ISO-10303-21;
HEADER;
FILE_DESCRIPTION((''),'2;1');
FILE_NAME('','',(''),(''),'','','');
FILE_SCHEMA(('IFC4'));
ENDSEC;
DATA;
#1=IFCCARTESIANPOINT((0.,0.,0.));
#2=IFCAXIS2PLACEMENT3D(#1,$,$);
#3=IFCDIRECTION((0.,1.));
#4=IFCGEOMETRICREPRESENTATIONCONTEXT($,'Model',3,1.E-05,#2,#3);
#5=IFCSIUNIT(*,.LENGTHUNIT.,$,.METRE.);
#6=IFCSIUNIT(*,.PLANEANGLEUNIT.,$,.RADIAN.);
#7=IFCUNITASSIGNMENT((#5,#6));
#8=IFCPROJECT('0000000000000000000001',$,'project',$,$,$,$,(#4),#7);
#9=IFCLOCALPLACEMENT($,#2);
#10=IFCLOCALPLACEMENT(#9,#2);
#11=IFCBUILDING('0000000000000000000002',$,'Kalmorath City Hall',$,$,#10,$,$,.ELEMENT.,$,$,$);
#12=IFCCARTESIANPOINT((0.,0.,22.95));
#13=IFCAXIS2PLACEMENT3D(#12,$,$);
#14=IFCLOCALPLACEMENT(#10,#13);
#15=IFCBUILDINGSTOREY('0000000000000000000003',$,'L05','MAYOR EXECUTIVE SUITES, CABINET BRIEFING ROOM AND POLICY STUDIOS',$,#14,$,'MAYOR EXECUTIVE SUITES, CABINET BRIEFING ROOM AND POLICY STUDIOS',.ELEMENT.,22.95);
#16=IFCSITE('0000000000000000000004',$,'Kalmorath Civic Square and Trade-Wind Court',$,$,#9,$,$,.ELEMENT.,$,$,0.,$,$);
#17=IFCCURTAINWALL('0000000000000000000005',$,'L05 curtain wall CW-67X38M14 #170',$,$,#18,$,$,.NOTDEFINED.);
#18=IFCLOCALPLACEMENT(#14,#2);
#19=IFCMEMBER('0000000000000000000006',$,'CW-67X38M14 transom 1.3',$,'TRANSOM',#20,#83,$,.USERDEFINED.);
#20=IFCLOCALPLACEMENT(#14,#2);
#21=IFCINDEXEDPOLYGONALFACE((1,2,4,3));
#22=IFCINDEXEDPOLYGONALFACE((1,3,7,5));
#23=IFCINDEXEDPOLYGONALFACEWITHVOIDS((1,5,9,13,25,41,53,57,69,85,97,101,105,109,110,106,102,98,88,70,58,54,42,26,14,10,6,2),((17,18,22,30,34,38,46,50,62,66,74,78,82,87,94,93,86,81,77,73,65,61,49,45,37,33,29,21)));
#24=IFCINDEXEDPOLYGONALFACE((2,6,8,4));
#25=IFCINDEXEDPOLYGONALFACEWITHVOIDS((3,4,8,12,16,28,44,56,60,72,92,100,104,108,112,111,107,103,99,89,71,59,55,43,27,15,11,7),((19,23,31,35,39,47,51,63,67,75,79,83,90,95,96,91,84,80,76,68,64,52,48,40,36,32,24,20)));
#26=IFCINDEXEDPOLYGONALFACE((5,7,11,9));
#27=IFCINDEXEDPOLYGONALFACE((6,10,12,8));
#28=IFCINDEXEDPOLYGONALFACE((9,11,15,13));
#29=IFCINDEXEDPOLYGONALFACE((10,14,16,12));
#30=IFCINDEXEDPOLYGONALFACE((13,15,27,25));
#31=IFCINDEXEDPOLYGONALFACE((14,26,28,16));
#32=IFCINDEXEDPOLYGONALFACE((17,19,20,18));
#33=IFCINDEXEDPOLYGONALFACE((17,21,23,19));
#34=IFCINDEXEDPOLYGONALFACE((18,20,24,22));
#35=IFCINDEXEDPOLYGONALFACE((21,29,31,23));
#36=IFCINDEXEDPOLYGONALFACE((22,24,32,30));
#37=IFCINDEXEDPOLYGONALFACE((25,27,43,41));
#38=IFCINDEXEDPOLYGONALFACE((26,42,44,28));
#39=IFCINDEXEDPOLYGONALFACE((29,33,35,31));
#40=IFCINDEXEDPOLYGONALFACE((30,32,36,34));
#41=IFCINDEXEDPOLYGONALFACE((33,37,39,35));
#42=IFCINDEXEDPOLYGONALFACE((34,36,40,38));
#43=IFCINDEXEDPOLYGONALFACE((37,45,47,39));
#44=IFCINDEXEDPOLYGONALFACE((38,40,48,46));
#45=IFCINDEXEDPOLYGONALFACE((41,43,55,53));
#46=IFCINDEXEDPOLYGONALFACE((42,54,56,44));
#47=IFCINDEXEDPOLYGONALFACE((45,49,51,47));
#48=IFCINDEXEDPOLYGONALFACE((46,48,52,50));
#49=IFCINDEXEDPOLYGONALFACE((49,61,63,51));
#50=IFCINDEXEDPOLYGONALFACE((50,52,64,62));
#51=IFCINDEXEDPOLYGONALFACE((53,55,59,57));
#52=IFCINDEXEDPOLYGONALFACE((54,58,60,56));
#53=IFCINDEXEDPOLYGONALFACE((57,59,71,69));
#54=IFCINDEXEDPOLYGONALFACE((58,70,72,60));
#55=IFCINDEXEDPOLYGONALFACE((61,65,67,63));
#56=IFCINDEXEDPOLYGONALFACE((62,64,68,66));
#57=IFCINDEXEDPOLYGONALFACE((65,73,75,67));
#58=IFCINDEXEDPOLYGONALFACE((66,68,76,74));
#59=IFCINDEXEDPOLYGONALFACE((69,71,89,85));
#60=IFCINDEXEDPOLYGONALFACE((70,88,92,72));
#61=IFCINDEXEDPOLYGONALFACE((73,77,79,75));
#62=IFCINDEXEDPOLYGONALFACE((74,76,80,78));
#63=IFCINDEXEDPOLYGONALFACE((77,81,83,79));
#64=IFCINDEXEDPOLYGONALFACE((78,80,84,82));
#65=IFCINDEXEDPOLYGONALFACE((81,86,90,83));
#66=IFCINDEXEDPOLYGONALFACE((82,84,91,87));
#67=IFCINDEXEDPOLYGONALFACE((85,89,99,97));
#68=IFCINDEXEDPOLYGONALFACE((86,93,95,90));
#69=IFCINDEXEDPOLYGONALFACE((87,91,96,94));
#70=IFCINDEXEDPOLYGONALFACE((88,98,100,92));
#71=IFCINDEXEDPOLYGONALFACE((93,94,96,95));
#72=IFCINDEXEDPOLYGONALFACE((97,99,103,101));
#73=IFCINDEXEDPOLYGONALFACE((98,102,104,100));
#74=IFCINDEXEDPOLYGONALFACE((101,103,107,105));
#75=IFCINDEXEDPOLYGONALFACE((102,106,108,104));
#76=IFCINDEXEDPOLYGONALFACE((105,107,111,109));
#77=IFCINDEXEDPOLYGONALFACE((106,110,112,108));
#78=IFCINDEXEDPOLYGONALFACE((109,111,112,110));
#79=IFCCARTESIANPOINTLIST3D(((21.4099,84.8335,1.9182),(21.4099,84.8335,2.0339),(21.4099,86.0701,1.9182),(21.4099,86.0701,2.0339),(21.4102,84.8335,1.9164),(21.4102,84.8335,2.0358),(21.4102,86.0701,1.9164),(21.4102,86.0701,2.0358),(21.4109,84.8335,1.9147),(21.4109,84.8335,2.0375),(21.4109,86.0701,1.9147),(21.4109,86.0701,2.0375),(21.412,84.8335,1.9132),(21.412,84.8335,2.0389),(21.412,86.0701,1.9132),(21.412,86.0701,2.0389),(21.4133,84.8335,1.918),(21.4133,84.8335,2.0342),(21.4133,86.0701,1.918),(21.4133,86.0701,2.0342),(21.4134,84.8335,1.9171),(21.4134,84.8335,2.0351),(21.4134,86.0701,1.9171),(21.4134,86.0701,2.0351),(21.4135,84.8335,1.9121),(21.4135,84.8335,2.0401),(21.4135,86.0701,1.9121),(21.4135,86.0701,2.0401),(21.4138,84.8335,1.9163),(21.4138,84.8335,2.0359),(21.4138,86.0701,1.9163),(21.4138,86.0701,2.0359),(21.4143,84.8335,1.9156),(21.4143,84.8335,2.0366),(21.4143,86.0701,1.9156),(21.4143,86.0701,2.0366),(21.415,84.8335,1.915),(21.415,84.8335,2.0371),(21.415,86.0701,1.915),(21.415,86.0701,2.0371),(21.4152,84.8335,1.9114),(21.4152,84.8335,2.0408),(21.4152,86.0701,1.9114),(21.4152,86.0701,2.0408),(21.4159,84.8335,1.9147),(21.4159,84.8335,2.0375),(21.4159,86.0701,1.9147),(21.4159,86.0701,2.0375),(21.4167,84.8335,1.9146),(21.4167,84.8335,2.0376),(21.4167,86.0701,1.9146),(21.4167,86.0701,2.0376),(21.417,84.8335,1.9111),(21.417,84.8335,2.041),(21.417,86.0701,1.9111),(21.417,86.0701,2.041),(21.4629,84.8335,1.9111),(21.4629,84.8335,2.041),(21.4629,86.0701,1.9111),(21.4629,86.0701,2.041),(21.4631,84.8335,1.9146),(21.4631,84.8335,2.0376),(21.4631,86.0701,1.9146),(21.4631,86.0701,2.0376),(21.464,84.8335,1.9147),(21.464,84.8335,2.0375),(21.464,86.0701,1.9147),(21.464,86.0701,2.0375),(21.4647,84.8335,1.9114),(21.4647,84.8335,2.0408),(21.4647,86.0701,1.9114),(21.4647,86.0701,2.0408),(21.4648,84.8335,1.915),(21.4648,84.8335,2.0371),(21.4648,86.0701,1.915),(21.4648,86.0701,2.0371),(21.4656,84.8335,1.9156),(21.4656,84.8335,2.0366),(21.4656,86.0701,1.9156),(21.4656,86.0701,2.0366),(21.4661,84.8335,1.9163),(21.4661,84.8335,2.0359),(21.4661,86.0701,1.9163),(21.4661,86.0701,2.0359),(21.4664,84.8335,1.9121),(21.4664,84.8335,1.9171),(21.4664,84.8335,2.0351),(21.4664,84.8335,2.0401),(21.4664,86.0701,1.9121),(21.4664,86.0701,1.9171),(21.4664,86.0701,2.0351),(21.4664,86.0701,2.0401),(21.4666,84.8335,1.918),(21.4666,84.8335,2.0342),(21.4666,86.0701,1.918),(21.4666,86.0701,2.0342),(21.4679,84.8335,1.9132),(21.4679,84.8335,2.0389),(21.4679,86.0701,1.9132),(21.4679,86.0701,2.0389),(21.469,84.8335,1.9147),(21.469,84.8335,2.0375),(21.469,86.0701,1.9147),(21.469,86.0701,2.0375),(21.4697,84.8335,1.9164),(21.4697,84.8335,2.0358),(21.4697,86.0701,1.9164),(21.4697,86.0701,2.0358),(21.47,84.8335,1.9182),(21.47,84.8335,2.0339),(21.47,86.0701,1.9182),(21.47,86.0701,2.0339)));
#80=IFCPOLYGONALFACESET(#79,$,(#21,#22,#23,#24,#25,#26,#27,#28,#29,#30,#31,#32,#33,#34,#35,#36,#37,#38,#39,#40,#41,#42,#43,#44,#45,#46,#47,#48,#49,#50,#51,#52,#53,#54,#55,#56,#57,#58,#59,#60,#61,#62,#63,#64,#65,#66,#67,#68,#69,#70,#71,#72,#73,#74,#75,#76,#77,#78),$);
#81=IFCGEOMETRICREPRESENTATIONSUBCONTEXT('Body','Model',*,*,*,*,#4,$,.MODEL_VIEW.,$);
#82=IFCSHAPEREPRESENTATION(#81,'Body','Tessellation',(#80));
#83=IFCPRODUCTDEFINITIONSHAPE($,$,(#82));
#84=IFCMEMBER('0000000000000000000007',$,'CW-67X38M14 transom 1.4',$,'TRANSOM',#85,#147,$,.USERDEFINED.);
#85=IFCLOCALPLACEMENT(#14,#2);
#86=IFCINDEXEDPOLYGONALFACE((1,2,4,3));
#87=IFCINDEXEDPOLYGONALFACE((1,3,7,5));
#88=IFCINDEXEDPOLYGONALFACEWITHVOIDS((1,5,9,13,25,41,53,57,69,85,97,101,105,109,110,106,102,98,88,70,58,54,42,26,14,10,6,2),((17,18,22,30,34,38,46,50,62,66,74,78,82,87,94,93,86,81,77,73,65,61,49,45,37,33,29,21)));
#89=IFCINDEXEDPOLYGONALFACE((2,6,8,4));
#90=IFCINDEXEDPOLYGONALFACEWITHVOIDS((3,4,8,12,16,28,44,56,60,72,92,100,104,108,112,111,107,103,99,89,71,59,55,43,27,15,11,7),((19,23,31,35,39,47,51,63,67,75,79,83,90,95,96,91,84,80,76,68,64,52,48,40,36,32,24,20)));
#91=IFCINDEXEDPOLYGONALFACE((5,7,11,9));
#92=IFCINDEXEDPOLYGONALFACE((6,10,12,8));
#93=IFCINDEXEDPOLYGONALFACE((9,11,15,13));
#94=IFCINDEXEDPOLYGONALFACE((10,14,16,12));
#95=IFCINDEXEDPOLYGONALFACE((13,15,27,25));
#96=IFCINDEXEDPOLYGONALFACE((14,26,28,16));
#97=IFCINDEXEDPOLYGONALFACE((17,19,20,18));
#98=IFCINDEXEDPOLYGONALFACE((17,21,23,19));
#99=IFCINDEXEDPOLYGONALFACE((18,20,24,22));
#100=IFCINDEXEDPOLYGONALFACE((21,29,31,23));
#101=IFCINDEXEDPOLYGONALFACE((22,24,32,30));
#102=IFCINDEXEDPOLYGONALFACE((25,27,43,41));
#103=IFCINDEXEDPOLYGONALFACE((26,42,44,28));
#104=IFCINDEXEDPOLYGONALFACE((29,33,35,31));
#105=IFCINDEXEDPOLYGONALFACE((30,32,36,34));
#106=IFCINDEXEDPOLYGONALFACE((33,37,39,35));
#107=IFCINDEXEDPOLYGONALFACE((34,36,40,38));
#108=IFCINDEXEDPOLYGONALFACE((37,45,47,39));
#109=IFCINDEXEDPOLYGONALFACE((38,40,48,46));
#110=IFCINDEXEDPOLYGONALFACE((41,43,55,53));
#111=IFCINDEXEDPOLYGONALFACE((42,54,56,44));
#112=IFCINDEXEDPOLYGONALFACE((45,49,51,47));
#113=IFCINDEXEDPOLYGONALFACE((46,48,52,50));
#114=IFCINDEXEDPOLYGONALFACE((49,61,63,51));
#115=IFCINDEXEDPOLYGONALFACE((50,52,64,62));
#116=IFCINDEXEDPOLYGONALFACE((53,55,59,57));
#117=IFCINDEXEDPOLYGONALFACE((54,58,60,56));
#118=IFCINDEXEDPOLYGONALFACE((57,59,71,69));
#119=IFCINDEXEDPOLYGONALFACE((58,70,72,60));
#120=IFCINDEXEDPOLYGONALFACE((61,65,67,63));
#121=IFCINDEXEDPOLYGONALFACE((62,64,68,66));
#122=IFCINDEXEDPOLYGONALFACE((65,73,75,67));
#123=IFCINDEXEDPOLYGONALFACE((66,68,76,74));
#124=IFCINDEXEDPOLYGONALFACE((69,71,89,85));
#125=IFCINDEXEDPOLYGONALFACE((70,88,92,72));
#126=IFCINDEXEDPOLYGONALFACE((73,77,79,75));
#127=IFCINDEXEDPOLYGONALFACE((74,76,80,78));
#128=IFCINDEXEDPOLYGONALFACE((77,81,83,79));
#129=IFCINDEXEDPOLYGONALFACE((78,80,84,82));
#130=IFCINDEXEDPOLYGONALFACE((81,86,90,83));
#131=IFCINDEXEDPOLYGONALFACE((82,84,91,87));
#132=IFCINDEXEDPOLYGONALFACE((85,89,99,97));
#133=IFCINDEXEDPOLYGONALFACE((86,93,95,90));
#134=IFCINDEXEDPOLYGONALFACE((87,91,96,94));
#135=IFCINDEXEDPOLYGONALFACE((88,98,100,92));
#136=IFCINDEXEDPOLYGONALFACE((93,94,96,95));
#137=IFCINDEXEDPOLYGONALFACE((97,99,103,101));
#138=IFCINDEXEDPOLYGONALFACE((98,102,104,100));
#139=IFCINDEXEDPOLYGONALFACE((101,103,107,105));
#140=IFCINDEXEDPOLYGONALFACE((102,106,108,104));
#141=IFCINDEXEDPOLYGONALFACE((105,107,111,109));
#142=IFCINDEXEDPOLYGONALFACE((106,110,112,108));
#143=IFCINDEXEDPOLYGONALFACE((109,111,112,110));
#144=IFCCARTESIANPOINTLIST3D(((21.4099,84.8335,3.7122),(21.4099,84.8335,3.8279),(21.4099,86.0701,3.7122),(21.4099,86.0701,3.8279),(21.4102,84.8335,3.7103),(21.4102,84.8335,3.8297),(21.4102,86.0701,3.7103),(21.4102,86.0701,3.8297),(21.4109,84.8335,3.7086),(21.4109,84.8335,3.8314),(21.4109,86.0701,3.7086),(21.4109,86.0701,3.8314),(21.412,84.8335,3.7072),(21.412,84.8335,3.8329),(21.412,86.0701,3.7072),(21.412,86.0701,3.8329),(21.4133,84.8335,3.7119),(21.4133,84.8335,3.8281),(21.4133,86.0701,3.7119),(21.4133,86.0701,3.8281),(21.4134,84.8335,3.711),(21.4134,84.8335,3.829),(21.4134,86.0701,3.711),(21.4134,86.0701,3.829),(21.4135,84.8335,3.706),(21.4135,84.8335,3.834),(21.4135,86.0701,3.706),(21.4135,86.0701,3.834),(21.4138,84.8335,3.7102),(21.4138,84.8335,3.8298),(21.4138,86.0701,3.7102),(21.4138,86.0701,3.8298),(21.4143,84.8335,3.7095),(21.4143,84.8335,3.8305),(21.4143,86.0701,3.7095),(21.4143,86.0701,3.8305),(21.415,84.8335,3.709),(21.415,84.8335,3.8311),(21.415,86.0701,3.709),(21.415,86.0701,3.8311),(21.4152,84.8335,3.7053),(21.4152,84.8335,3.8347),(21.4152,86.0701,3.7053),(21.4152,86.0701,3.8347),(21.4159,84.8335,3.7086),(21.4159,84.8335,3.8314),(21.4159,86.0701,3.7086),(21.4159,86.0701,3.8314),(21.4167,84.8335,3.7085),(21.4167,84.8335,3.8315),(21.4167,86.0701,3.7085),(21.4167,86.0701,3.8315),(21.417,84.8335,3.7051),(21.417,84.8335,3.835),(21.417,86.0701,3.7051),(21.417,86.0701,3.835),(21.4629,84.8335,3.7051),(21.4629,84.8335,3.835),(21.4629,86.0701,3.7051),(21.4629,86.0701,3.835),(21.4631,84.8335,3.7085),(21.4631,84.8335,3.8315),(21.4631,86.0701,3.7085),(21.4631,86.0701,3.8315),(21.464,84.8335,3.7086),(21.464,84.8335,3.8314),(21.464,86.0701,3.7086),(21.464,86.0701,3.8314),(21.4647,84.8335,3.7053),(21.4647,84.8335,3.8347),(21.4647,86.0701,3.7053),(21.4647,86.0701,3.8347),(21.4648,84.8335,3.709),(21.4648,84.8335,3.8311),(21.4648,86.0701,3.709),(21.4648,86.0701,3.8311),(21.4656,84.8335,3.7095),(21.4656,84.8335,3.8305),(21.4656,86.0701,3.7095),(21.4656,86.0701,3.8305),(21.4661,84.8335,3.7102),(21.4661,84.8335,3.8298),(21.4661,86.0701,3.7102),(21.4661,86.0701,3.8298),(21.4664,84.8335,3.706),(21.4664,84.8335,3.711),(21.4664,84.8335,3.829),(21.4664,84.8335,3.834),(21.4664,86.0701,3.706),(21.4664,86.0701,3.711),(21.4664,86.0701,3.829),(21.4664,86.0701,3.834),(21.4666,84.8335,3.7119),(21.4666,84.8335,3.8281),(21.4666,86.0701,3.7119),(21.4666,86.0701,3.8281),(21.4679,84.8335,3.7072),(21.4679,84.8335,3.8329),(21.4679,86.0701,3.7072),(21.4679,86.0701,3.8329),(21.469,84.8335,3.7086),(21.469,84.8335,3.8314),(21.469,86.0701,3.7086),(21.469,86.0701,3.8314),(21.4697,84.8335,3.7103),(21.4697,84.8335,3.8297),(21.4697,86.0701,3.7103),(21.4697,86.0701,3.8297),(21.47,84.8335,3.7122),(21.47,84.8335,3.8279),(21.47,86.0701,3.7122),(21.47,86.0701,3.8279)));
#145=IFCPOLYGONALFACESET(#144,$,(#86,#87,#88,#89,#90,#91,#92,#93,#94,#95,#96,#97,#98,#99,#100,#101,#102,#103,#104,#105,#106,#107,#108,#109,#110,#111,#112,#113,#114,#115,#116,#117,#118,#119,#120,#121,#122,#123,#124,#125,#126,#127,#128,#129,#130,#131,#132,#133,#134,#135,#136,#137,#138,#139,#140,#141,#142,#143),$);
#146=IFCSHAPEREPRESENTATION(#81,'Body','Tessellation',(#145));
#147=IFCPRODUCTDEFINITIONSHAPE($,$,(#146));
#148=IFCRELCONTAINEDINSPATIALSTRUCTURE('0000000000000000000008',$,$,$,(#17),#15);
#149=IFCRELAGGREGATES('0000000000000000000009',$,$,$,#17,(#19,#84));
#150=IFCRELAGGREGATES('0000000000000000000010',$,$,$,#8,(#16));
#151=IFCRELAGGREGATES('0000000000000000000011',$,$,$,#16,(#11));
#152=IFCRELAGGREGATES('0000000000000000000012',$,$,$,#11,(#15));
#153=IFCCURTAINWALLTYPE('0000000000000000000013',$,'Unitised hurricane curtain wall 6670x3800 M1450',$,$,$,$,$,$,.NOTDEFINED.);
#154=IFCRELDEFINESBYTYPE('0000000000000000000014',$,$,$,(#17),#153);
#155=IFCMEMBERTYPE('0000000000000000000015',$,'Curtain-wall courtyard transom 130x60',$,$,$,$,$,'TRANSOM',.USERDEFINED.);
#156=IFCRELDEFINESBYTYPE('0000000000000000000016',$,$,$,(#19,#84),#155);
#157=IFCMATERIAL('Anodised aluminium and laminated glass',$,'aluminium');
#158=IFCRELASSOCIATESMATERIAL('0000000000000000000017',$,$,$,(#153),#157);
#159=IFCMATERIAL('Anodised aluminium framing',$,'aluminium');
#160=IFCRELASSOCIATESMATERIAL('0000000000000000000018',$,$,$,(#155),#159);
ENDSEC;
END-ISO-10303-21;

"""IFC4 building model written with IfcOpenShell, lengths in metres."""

from ifc_helpers import new_model, si_unit, direction, frame, origin, origin_2d, place, context, subcontext, project, spatial, hollow_rectangle, extrude, material, material_profile, profile_set, type_object, element, aggregate, save


model = new_model("IFC4")

# Units and contexts
model_context = context("Model", 3, precision=1e-05, world=origin(), true_north=direction((0.0, 1.0)))
body_context = subcontext(model_context, "Body", "Model", "MODEL_VIEW")
ifc_project = project(units=[si_unit("LENGTHUNIT", "METRE"), si_unit("PLANEANGLEUNIT", "RADIAN")], contexts=[model_context])

# Site, building, storey
site_placement = place(None, origin())
site = spatial("IfcSite", under=ifc_project, at=site_placement, Name="Kalmorath Civic Square and Trade-Wind Court", CompositionType="ELEMENT", RefElevation=0.0)
building_placement = place(site_placement, origin())
building = spatial("IfcBuilding", under=site, at=building_placement, Name="Kalmorath City Hall", CompositionType="ELEMENT")
storey_placement = place(building_placement, frame((0.0, 0.0, 22.95)))
storey = spatial("IfcBuildingStorey", under=building, at=storey_placement, Name="L05", Description="MAYOR EXECUTIVE SUITES, CABINET BRIEFING ROOM AND POLICY STUDIOS", LongName="MAYOR EXECUTIVE SUITES, CABINET BRIEFING ROOM AND POLICY STUDIOS", CompositionType="ELEMENT", Elevation=22.95)

# Curtain wall, members
ifc_material_1 = material(Name="Anodised aluminium and laminated glass", Category="aluminium")
curtain_wall_type = type_object("IfcCurtainWallType", Name="Unitised hurricane curtain wall 6670x3800 M1450", PredefinedType="NOTDEFINED", material=ifc_material_1)
curtain_wall_placement = place(storey_placement, origin())
curtain_wall = element("IfcCurtainWall", 1, at=curtain_wall_placement, inside=storey, type_object=curtain_wall_type, Name="L05 curtain wall CW-67X38M14 #170", PredefinedType="NOTDEFINED")
ifc_material_2 = material(Name="Anodised aluminium framing", Category="aluminium")
ifc_material_profile_1 = material_profile(ifc_material_2, hollow_rectangle(XDim=0.0601, YDim=0.1299, WallThickness=0.0034, InnerFilletRadius=0.0034, OuterFilletRadius=0.0071, at=origin_2d()), Name="ALU-TRN-130X60X3.5")
ifc_profile_set_1 = profile_set([ifc_material_profile_1], Name="Anodised aluminium framing")
member_type_1 = type_object("IfcMemberType", Name="Curtain-wall courtyard transom 130x60", ElementType="TRANSOM", PredefinedType="USERDEFINED", material=ifc_profile_set_1)
member_1_placement = place(storey_placement, frame((21.4399, 86.0701, 1.9761), z_axis=(0.0, -1.0, 0.0), x_axis=(1.0, 0.0, 0.0)))
member_1 = element("IfcMember", 2, at=member_1_placement, type_object=member_type_1, Name="CW-67X38M14 transom 1.3", ObjectType="TRANSOM", PredefinedType="USERDEFINED", context=body_context, shape_type="SweptSolid", body=[
    extrude(hollow_rectangle(XDim=0.0601, YDim=0.1299, WallThickness=0.0034, InnerFilletRadius=0.0034, OuterFilletRadius=0.0071, at=origin_2d()), origin(), (0.0, 0.0, 1.0), 1.2366),
])
member_2_placement = place(storey_placement, frame((21.4399, 86.0701, 3.77), z_axis=(0.0, -1.0, 0.0), x_axis=(1.0, 0.0, 0.0)))
member_2 = element("IfcMember", 3, at=member_2_placement, type_object=member_type_1, Name="CW-67X38M14 transom 1.4", ObjectType="TRANSOM", PredefinedType="USERDEFINED", context=body_context, shape_type="SweptSolid", body=[
    extrude(hollow_rectangle(XDim=0.0601, YDim=0.1299, WallThickness=0.0034, InnerFilletRadius=0.0034, OuterFilletRadius=0.0071, at=origin_2d()), origin(), (0.0, 0.0, 1.0), 1.2366),
])

aggregate(curtain_wall, [member_1, member_2])

save(model, "model.ifc")
